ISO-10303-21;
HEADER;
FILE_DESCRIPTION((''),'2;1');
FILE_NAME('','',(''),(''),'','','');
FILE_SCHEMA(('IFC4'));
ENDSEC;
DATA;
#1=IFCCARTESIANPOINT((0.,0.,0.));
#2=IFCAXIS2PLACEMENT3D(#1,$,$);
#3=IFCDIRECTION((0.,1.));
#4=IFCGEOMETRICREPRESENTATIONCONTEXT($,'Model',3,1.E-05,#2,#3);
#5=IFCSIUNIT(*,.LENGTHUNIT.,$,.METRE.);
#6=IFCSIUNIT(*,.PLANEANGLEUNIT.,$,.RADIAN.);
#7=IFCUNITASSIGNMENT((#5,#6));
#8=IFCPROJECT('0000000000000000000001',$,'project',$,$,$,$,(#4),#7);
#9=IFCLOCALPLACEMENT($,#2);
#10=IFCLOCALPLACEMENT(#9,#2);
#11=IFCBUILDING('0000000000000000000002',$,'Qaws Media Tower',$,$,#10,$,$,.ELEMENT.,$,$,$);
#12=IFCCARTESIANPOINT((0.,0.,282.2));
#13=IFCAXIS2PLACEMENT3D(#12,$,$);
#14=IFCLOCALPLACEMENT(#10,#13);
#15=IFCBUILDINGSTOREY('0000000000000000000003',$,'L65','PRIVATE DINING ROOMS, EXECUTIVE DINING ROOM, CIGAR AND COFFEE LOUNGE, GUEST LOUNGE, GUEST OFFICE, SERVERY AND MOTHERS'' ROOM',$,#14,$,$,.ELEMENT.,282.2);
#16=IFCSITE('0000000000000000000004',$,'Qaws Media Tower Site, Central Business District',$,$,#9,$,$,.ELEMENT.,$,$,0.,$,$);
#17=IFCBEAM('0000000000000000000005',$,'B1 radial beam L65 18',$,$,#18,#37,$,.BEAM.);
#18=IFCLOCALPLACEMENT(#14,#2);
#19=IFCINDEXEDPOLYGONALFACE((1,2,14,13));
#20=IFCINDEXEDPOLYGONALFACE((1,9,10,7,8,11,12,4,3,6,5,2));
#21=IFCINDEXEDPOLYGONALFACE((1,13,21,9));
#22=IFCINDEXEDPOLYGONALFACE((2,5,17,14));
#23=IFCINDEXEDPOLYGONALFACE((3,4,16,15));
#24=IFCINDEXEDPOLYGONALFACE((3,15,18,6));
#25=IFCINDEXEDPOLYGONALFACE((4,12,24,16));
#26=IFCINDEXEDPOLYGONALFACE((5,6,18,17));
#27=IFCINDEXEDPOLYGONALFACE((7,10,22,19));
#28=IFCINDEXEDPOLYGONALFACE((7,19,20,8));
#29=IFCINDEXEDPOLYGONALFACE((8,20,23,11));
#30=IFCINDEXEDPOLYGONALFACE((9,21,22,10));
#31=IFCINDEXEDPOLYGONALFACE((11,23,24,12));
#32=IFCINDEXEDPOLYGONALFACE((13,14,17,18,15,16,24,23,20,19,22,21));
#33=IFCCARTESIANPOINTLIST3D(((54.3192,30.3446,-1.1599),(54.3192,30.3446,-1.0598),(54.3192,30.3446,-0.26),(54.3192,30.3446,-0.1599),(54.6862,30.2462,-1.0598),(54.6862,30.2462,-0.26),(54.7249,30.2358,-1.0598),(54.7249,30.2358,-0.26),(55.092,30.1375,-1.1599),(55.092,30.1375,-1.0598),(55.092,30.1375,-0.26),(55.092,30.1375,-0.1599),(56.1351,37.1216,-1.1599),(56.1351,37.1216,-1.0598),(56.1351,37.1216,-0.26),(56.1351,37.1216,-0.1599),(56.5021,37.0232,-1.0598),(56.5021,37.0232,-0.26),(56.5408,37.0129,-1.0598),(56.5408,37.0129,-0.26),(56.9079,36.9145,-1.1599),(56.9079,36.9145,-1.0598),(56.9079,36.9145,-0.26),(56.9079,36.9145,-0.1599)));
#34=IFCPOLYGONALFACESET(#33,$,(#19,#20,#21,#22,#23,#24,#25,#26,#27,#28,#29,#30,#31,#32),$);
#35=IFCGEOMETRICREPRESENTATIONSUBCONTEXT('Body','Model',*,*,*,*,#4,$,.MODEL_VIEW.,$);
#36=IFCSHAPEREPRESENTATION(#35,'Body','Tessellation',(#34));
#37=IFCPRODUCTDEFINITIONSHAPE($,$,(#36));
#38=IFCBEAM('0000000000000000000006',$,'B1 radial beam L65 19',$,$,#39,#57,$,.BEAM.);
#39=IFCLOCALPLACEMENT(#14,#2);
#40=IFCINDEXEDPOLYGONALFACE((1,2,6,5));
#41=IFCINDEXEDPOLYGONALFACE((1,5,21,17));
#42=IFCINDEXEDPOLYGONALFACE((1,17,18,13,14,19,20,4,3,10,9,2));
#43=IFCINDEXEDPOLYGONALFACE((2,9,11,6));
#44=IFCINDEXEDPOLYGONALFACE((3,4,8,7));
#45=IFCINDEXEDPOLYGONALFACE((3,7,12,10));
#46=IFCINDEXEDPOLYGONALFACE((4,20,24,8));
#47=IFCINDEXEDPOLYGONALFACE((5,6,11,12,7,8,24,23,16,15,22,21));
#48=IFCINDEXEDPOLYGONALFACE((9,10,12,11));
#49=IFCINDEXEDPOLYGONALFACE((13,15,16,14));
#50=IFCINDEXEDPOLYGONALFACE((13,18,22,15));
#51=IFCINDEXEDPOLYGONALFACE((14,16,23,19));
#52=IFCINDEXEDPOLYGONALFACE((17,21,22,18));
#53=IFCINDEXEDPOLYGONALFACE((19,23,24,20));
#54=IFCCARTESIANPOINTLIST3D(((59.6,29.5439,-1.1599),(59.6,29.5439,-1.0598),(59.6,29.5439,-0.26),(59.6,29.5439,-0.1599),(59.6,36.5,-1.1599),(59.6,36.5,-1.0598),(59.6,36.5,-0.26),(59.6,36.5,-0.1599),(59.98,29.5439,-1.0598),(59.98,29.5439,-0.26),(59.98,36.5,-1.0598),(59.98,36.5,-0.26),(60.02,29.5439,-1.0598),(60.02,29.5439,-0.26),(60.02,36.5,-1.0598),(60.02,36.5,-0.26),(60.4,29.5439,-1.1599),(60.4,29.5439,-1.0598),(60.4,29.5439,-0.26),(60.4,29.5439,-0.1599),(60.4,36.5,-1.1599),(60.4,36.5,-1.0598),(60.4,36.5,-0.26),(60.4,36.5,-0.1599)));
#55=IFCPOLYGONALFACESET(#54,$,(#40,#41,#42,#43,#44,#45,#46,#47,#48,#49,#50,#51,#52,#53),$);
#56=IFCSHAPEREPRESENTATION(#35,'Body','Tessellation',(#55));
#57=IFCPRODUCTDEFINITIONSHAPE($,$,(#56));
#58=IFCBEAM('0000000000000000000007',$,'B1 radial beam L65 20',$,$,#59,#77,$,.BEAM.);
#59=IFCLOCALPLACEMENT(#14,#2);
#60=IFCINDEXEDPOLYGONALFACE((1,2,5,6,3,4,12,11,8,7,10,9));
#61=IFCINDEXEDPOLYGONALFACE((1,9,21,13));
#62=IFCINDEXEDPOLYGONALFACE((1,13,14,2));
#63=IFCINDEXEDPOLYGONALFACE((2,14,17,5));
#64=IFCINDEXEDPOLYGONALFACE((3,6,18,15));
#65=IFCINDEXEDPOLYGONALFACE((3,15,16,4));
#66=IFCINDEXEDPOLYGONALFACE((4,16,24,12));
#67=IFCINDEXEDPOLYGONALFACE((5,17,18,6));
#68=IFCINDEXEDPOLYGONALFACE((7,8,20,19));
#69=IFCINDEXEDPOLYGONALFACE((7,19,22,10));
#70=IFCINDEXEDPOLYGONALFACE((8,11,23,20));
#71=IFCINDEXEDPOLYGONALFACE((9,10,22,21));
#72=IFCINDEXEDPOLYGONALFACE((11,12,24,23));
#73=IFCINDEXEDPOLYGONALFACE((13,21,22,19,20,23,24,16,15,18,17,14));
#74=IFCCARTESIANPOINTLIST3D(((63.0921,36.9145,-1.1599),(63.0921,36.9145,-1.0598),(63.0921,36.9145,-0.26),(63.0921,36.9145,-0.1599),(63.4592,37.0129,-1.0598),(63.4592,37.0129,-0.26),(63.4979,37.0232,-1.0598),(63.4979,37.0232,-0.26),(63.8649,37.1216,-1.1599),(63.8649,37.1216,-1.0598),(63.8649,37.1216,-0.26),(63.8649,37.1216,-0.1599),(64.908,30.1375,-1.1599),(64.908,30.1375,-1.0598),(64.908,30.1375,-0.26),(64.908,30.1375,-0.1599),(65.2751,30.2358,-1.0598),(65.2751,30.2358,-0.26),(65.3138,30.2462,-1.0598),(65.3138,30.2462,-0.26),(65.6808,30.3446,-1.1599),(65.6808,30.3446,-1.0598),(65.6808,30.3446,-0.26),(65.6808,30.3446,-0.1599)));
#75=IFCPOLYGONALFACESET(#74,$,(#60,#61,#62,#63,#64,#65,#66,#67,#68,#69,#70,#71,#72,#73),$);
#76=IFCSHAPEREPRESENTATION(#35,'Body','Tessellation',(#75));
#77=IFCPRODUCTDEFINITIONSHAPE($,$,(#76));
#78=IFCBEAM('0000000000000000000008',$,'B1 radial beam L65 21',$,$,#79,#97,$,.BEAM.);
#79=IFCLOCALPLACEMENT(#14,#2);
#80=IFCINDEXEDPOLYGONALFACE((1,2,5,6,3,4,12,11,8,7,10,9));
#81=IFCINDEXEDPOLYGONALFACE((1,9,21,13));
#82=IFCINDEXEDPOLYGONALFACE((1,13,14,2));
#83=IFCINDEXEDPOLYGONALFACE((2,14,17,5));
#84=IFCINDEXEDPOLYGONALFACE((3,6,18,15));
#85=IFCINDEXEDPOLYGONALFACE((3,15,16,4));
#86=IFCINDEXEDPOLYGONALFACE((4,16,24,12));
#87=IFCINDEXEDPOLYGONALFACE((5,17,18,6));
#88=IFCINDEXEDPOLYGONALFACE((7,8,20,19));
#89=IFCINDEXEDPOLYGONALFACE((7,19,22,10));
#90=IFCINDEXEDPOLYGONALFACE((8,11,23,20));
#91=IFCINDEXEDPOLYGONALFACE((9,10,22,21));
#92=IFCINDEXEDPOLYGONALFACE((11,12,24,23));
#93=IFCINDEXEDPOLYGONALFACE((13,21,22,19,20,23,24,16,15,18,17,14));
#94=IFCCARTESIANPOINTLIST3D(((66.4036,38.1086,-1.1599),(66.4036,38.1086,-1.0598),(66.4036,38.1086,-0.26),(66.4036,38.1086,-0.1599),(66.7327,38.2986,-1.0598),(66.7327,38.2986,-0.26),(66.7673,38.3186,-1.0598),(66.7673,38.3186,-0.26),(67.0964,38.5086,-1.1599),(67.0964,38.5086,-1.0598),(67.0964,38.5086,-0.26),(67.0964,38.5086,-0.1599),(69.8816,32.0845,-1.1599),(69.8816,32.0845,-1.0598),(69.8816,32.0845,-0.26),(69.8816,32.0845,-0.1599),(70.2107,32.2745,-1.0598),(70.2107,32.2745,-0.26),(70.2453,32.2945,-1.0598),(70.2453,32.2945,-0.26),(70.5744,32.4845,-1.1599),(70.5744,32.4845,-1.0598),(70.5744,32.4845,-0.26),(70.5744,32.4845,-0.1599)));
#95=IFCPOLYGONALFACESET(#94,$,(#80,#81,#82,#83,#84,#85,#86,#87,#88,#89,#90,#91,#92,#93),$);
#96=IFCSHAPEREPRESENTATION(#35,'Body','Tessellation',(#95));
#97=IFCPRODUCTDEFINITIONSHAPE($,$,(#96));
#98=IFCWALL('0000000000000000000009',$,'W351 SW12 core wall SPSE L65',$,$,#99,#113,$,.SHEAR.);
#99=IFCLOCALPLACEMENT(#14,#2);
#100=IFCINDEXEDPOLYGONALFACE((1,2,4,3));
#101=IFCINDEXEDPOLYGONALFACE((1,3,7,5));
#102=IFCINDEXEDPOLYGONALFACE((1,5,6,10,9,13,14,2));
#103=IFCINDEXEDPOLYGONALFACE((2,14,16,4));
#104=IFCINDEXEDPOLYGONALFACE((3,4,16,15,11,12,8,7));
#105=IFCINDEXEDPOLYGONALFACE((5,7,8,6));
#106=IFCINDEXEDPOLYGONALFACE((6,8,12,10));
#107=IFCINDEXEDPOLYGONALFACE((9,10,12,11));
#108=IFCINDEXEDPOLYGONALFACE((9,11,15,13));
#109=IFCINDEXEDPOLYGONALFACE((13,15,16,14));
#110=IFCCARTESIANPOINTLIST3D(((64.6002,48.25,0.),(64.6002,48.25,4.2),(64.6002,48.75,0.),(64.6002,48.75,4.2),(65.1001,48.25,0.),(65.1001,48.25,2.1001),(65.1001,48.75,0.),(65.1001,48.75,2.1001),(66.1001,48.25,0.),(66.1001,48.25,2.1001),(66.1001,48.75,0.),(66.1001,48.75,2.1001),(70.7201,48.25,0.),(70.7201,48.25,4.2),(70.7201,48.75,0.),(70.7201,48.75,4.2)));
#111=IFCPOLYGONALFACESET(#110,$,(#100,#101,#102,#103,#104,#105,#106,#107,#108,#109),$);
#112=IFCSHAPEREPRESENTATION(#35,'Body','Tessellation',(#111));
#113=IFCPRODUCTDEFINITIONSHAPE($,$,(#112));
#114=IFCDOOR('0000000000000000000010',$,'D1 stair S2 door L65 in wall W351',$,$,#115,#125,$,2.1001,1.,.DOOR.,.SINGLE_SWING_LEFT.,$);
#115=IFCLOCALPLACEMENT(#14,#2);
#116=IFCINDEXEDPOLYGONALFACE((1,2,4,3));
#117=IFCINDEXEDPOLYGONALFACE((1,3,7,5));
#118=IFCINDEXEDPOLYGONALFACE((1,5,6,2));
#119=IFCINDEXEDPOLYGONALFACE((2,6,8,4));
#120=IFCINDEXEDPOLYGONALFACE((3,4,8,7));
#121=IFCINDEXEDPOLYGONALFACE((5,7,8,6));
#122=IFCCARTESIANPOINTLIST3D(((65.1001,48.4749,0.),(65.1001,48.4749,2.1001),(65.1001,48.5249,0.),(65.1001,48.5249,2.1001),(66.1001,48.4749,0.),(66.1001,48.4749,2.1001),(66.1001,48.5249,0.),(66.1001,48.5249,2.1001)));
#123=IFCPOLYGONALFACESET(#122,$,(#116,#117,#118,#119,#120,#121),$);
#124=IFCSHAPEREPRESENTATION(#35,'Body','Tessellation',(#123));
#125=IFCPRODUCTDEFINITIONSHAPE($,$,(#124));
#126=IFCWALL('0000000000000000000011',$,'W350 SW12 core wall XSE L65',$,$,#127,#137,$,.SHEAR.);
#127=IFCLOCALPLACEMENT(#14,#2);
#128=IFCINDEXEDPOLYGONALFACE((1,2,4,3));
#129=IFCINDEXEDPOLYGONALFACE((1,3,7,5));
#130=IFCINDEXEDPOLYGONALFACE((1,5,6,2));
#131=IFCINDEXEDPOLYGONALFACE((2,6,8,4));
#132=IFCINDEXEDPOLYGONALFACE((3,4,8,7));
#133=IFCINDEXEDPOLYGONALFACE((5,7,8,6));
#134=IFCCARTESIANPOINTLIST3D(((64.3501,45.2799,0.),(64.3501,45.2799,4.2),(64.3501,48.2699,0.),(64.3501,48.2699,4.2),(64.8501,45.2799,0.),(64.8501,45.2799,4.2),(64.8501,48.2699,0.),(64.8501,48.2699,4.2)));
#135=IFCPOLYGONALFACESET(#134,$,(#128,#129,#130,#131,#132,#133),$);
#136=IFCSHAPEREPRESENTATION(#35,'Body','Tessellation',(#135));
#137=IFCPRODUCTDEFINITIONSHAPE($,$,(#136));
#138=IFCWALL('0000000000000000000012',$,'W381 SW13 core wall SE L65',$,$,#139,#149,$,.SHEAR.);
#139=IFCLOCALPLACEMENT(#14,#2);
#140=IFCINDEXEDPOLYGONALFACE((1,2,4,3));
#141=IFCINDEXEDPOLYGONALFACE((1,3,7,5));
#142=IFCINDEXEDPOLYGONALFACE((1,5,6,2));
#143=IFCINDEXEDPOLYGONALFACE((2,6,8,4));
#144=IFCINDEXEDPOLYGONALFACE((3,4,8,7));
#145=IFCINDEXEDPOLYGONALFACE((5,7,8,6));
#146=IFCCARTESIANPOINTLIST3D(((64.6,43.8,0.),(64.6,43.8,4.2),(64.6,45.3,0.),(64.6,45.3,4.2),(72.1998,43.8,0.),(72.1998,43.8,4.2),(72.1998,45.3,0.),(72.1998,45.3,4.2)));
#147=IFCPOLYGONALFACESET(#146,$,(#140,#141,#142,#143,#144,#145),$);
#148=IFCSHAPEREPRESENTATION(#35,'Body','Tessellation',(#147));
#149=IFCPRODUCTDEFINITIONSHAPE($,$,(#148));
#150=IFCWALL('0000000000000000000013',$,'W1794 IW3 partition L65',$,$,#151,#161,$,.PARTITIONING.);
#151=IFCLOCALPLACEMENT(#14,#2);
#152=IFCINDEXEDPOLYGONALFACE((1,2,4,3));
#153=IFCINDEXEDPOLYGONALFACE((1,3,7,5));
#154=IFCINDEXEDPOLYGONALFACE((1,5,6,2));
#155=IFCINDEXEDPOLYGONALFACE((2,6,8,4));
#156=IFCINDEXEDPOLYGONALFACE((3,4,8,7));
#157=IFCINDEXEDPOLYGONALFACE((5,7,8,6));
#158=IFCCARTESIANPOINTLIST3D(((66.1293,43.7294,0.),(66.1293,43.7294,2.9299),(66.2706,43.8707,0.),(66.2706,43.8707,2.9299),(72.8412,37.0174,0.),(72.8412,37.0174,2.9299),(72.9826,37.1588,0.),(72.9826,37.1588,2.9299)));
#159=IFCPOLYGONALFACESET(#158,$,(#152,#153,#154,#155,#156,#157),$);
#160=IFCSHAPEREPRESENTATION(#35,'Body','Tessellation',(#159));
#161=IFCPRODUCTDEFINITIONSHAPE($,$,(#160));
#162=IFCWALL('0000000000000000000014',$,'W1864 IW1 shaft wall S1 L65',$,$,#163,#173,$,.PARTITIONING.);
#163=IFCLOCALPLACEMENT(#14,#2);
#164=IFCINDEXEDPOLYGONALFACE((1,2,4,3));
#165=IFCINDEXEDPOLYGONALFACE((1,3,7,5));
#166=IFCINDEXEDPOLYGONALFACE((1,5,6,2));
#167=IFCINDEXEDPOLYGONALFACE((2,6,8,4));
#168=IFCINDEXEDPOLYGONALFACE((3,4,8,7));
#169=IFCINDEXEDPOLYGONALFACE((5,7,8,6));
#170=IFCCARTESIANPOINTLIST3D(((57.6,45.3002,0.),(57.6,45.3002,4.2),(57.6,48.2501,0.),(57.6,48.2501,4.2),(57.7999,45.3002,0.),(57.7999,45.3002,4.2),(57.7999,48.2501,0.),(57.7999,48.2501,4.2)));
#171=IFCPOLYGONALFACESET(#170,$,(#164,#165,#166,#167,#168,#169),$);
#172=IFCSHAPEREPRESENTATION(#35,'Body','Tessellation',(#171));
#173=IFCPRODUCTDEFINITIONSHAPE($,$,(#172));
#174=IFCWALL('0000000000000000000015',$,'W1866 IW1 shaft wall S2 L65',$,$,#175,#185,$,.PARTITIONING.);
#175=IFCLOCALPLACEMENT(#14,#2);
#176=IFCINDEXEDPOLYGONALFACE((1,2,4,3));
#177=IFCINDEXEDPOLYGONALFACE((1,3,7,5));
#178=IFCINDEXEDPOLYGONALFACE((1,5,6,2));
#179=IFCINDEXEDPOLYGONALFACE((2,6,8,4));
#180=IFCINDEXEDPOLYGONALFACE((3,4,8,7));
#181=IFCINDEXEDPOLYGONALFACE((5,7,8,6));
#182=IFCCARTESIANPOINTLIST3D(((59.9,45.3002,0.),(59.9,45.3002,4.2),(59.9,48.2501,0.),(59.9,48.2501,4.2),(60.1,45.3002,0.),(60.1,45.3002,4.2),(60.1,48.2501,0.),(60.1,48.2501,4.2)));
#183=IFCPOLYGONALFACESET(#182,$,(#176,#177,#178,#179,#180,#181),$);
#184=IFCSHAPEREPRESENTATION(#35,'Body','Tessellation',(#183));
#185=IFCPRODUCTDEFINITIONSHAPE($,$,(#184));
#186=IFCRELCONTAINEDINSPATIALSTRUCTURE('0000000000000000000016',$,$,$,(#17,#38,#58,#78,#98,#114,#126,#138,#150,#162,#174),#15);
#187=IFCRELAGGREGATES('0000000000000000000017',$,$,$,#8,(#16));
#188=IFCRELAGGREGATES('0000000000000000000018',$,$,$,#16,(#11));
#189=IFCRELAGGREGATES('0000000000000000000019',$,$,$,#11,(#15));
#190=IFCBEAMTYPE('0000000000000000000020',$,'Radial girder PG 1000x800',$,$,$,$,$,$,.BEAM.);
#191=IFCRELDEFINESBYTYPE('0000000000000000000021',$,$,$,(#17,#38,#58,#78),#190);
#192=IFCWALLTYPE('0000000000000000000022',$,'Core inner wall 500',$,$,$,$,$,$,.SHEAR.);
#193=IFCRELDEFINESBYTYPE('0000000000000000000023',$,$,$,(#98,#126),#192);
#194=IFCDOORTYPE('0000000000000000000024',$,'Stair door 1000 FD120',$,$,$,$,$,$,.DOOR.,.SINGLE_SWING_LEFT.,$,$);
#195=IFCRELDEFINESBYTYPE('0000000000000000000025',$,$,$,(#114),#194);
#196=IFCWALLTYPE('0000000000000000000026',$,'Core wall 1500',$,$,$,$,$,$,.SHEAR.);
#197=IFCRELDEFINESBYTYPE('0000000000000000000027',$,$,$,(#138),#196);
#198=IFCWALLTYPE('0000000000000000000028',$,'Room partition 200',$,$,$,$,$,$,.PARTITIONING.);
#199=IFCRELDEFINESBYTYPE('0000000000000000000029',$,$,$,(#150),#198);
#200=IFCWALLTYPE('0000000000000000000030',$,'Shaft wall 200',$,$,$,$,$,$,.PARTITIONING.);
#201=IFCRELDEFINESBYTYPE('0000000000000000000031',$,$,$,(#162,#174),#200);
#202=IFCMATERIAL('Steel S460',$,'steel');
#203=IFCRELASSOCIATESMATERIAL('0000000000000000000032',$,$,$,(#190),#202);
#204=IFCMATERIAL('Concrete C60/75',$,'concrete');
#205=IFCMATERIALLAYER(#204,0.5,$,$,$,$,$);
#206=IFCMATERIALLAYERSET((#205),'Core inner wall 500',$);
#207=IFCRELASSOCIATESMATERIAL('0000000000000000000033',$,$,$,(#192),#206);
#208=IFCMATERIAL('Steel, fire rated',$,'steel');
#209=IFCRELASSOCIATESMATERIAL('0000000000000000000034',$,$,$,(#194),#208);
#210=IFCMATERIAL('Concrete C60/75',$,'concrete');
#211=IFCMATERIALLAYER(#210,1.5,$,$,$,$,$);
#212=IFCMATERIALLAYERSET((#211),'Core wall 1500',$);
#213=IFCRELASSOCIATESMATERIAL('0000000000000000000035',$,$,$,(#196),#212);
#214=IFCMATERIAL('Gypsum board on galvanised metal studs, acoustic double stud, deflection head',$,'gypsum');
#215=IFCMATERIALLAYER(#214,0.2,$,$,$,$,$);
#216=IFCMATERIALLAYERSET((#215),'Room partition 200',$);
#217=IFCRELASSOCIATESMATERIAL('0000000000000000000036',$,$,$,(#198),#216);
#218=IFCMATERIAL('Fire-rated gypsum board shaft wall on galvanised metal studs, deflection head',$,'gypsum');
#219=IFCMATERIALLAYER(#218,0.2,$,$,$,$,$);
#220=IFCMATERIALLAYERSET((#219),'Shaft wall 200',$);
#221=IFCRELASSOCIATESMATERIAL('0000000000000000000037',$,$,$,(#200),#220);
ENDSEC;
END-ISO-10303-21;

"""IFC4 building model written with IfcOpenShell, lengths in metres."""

from ifc_helpers import new_model, si_unit, direction, frame, frame_2d, origin, origin_2d, place, context, subcontext, project, spatial, rectangle, i_section, extrude, material, layer, layer_set, material_profile, profile_set, type_object, element, fill, save


model = new_model("IFC4")

# Units and contexts
model_context = context("Model", 3, precision=1e-05, world=origin(), true_north=direction((0.0, 1.0)))
body_context = subcontext(model_context, "Body", "Model", "MODEL_VIEW")
ifc_project = project(units=[si_unit("LENGTHUNIT", "METRE"), si_unit("PLANEANGLEUNIT", "RADIAN")], contexts=[model_context])

# Site, building, storey
site_placement = place(None, origin())
site = spatial("IfcSite", under=ifc_project, at=site_placement, Name="Qaws Media Tower Site, Central Business District", CompositionType="ELEMENT", RefElevation=0.0)
building_placement = place(site_placement, origin())
building = spatial("IfcBuilding", under=site, at=building_placement, Name="Qaws Media Tower", CompositionType="ELEMENT")
storey_placement = place(building_placement, frame((0.0, 0.0, 282.2)))
storey = spatial("IfcBuildingStorey", under=building, at=storey_placement, Name="L65", Description="PRIVATE DINING ROOMS, EXECUTIVE DINING ROOM, CIGAR AND COFFEE LOUNGE, GUEST LOUNGE, GUEST OFFICE, SERVERY AND MOTHERS' ROOM", CompositionType="ELEMENT", Elevation=282.2)

# Beams
ifc_material_1 = material(Name="Steel S460", Category="steel")
ifc_material_profile_1 = material_profile(ifc_material_1, i_section(OverallWidth=0.8, OverallDepth=1.0, WebThickness=0.04, FlangeThickness=0.1001, at=origin_2d()), Name="PG 1000x800")
ifc_profile_set_1 = profile_set([ifc_material_profile_1], Name="Steel S460")
beam_type_1 = type_object("IfcBeamType", Name="Radial girder PG 1000x800", PredefinedType="BEAM", material=ifc_profile_set_1)
beam_1_placement = place(storey_placement, frame((56.5215, 37.0181, -0.6599), z_axis=(-0.258819, -0.965926, 0.0), x_axis=(0.965926, -0.258819, 0.0)))
element("IfcBeam", 1, at=beam_1_placement, inside=storey, type_object=beam_type_1, Name="B1 radial beam L65 18", PredefinedType="BEAM", context=body_context, shape_type="SweptSolid", body=[
    extrude(i_section(OverallWidth=0.8, OverallDepth=1.0, WebThickness=0.04, FlangeThickness=0.1001, at=origin_2d()), origin(), (0.0, 0.0, 1.0), 7.0161),
])
beam_2_placement = place(storey_placement, frame((60.0, 36.5, -0.6599), z_axis=(0.0, -1.0, 0.0), x_axis=(1.0, 0.0, 0.0)))
element("IfcBeam", 2, at=beam_2_placement, inside=storey, type_object=beam_type_1, Name="B1 radial beam L65 19", PredefinedType="BEAM", context=body_context, shape_type="SweptSolid", body=[
    extrude(i_section(OverallWidth=0.8, OverallDepth=1.0, WebThickness=0.04, FlangeThickness=0.1001, at=origin_2d()), origin(), (0.0, 0.0, 1.0), 6.9561),
])
beam_3_placement = place(storey_placement, frame((63.4785, 37.0181, -0.6599), z_axis=(0.258819, -0.965926, 0.0), x_axis=(0.965926, 0.258819, 0.0)))
element("IfcBeam", 3, at=beam_3_placement, inside=storey, type_object=beam_type_1, Name="B1 radial beam L65 20", PredefinedType="BEAM", context=body_context, shape_type="SweptSolid", body=[
    extrude(i_section(OverallWidth=0.8, OverallDepth=1.0, WebThickness=0.04, FlangeThickness=0.1001, at=origin_2d()), origin(), (0.0, 0.0, 1.0), 7.0161),
])
beam_4_placement = place(storey_placement, frame((66.75, 38.3086, -0.6599), z_axis=(0.499997, -0.866027, 0.0), x_axis=(0.866027, 0.499997, 0.0)))
element("IfcBeam", 4, at=beam_4_placement, inside=storey, type_object=beam_type_1, Name="B1 radial beam L65 21", PredefinedType="BEAM", context=body_context, shape_type="SweptSolid", body=[
    extrude(i_section(OverallWidth=0.8, OverallDepth=1.0, WebThickness=0.04, FlangeThickness=0.1001, at=origin_2d()), origin(), (0.0, 0.0, 1.0), 6.9561),
])

# Wall, opening, door
ifc_material_2 = material(Name="Concrete C60/75", Category="concrete")
ifc_layer_1 = layer(ifc_material_2, 0.5)
ifc_layer_set_1 = layer_set([ifc_layer_1], Name="Core inner wall 500")
wall_type_1 = type_object("IfcWallType", Name="Core inner wall 500", PredefinedType="SHEAR", material=ifc_layer_set_1)
wall_1_placement = place(storey_placement, frame((64.6001, 48.5, 0.0), z_axis=(0.0, 0.0, 1.0), x_axis=(1.0, 0.0, 0.0)))
wall_1 = element("IfcWall", 5, at=wall_1_placement, inside=storey, type_object=wall_type_1, Name="W351 SW12 core wall SPSE L65", PredefinedType="SHEAR", context=body_context, shape_type="SweptSolid", body=[
    extrude(rectangle(XDim=6.1199, YDim=0.5, at=frame_2d((3.0601, 0.0))), origin(), (0.0, 0.0, 1.0), 4.2),
])
opening_placement = place(wall_1_placement, frame((0.5, 0.0, 0.0)))
opening = element("IfcOpeningElement", 6, at=opening_placement, cuts=wall_1, PredefinedType="OPENING", context=body_context, shape_type="SweptSolid", body=[
    extrude(rectangle(XDim=1.0, YDim=2.1001, at=frame_2d((0.5, 1.05))), frame((0.0, 0.26, 0.0), z_axis=(0.0, -1.0, 0.0), x_axis=(1.0, 0.0, 0.0)), (0.0, 0.0, 1.0), 0.52),
])
ifc_material_3 = material(Name="Steel, fire rated", Category="steel")
door_type = type_object("IfcDoorType", Name="Stair door 1000 FD120", OperationType="SINGLE_SWING_LEFT", PredefinedType="DOOR", material=ifc_material_3)
door_placement = place(opening_placement, origin())
door = element("IfcDoor", 7, at=door_placement, inside=storey, type_object=door_type, Name="D1 stair S2 door L65 in wall W351", OperationType="SINGLE_SWING_LEFT", OverallHeight=2.1001, OverallWidth=1.0, PredefinedType="DOOR", context=body_context, shape_type="SweptSolid", body=[
    extrude(rectangle(XDim=1.0, YDim=2.1001, at=frame_2d((0.5, 1.05))), frame((0.0, 0.0249, 0.0), z_axis=(0.0, -1.0, 0.0), x_axis=(1.0, 0.0, 0.0)), (0.0, 0.0, 1.0), 0.05),
])
fill(opening, door)

# Walls
wall_2_placement = place(storey_placement, frame((64.6001, 48.27, 0.0), z_axis=(0.0, 0.0, 1.0), x_axis=(0.0, -1.0, 0.0)))
element("IfcWall", 8, at=wall_2_placement, inside=storey, type_object=wall_type_1, Name="W350 SW12 core wall XSE L65", PredefinedType="SHEAR", context=body_context, shape_type="SweptSolid", body=[
    extrude(rectangle(XDim=2.99, YDim=0.5, at=frame_2d((1.4951, 0.0))), origin(), (0.0, 0.0, 1.0), 4.2),
])
ifc_material_4 = material(Name="Concrete C60/75", Category="concrete")
ifc_layer_2 = layer(ifc_material_4, 1.5)
ifc_layer_set_2 = layer_set([ifc_layer_2], Name="Core wall 1500")
wall_type_2 = type_object("IfcWallType", Name="Core wall 1500", PredefinedType="SHEAR", material=ifc_layer_set_2)
wall_3_placement = place(storey_placement, frame((64.6001, 44.55, 0.0), z_axis=(0.0, 0.0, 1.0), x_axis=(1.0, 0.0, 0.0)))
element("IfcWall", 9, at=wall_3_placement, inside=storey, type_object=wall_type_2, Name="W381 SW13 core wall SE L65", PredefinedType="SHEAR", context=body_context, shape_type="SweptSolid", body=[
    extrude(rectangle(XDim=7.5999, YDim=1.5, at=frame_2d((3.7998, 0.0))), origin(), (0.0, 0.0, 1.0), 4.2),
])
ifc_material_5 = material(Name="Gypsum board on galvanised metal studs, acoustic double stud, deflection head", Category="gypsum")
ifc_layer_3 = layer(ifc_material_5, 0.2)
ifc_layer_set_3 = layer_set([ifc_layer_3], Name="Room partition 200")
wall_type_3 = type_object("IfcWallType", Name="Room partition 200", PredefinedType="PARTITIONING", material=ifc_layer_set_3)
wall_4_placement = place(storey_placement, frame((66.2, 43.8, 0.0), z_axis=(0.0, 0.0, 1.0), x_axis=(0.707107, -0.707107, 0.0)))
element("IfcWall", 10, at=wall_4_placement, inside=storey, type_object=wall_type_3, Name="W1794 IW3 partition L65", PredefinedType="PARTITIONING", context=body_context, shape_type="SweptSolid", body=[
    extrude(rectangle(XDim=9.4922, YDim=0.2, at=frame_2d((4.7461, 0.0))), origin(), (0.0, 0.0, 1.0), 2.9299),
])
ifc_material_6 = material(Name="Fire-rated gypsum board shaft wall on galvanised metal studs, deflection head", Category="gypsum")
ifc_layer_4 = layer(ifc_material_6, 0.2)
ifc_layer_set_4 = layer_set([ifc_layer_4], Name="Shaft wall 200")
wall_type_4 = type_object("IfcWallType", Name="Shaft wall 200", PredefinedType="PARTITIONING", material=ifc_layer_set_4)
for number, where, z_axis, x_axis, name in (
    (11, (57.7, 45.3, 0.0), (0.0, 0.0, 1.0), (0.0, 1.0, 0.0), "W1864 IW1 shaft wall S1 L65"),
    (12, (60.0, 45.3, 0.0), (0.0, 0.0, 1.0), (0.0, 1.0, 0.0), "W1866 IW1 shaft wall S2 L65"),
):
    element("IfcWall", number, at=place(storey_placement, frame(where, z_axis=z_axis, x_axis=x_axis)), inside=storey, type_object=wall_type_4, Name=name, PredefinedType="PARTITIONING", context=body_context, shape_type="SweptSolid", body=[
        extrude(rectangle(XDim=2.95, YDim=0.2, at=frame_2d((1.4751, 0.0))), origin(), (0.0, 0.0, 1.0), 4.2),
    ])

save(model, "model.ifc")
